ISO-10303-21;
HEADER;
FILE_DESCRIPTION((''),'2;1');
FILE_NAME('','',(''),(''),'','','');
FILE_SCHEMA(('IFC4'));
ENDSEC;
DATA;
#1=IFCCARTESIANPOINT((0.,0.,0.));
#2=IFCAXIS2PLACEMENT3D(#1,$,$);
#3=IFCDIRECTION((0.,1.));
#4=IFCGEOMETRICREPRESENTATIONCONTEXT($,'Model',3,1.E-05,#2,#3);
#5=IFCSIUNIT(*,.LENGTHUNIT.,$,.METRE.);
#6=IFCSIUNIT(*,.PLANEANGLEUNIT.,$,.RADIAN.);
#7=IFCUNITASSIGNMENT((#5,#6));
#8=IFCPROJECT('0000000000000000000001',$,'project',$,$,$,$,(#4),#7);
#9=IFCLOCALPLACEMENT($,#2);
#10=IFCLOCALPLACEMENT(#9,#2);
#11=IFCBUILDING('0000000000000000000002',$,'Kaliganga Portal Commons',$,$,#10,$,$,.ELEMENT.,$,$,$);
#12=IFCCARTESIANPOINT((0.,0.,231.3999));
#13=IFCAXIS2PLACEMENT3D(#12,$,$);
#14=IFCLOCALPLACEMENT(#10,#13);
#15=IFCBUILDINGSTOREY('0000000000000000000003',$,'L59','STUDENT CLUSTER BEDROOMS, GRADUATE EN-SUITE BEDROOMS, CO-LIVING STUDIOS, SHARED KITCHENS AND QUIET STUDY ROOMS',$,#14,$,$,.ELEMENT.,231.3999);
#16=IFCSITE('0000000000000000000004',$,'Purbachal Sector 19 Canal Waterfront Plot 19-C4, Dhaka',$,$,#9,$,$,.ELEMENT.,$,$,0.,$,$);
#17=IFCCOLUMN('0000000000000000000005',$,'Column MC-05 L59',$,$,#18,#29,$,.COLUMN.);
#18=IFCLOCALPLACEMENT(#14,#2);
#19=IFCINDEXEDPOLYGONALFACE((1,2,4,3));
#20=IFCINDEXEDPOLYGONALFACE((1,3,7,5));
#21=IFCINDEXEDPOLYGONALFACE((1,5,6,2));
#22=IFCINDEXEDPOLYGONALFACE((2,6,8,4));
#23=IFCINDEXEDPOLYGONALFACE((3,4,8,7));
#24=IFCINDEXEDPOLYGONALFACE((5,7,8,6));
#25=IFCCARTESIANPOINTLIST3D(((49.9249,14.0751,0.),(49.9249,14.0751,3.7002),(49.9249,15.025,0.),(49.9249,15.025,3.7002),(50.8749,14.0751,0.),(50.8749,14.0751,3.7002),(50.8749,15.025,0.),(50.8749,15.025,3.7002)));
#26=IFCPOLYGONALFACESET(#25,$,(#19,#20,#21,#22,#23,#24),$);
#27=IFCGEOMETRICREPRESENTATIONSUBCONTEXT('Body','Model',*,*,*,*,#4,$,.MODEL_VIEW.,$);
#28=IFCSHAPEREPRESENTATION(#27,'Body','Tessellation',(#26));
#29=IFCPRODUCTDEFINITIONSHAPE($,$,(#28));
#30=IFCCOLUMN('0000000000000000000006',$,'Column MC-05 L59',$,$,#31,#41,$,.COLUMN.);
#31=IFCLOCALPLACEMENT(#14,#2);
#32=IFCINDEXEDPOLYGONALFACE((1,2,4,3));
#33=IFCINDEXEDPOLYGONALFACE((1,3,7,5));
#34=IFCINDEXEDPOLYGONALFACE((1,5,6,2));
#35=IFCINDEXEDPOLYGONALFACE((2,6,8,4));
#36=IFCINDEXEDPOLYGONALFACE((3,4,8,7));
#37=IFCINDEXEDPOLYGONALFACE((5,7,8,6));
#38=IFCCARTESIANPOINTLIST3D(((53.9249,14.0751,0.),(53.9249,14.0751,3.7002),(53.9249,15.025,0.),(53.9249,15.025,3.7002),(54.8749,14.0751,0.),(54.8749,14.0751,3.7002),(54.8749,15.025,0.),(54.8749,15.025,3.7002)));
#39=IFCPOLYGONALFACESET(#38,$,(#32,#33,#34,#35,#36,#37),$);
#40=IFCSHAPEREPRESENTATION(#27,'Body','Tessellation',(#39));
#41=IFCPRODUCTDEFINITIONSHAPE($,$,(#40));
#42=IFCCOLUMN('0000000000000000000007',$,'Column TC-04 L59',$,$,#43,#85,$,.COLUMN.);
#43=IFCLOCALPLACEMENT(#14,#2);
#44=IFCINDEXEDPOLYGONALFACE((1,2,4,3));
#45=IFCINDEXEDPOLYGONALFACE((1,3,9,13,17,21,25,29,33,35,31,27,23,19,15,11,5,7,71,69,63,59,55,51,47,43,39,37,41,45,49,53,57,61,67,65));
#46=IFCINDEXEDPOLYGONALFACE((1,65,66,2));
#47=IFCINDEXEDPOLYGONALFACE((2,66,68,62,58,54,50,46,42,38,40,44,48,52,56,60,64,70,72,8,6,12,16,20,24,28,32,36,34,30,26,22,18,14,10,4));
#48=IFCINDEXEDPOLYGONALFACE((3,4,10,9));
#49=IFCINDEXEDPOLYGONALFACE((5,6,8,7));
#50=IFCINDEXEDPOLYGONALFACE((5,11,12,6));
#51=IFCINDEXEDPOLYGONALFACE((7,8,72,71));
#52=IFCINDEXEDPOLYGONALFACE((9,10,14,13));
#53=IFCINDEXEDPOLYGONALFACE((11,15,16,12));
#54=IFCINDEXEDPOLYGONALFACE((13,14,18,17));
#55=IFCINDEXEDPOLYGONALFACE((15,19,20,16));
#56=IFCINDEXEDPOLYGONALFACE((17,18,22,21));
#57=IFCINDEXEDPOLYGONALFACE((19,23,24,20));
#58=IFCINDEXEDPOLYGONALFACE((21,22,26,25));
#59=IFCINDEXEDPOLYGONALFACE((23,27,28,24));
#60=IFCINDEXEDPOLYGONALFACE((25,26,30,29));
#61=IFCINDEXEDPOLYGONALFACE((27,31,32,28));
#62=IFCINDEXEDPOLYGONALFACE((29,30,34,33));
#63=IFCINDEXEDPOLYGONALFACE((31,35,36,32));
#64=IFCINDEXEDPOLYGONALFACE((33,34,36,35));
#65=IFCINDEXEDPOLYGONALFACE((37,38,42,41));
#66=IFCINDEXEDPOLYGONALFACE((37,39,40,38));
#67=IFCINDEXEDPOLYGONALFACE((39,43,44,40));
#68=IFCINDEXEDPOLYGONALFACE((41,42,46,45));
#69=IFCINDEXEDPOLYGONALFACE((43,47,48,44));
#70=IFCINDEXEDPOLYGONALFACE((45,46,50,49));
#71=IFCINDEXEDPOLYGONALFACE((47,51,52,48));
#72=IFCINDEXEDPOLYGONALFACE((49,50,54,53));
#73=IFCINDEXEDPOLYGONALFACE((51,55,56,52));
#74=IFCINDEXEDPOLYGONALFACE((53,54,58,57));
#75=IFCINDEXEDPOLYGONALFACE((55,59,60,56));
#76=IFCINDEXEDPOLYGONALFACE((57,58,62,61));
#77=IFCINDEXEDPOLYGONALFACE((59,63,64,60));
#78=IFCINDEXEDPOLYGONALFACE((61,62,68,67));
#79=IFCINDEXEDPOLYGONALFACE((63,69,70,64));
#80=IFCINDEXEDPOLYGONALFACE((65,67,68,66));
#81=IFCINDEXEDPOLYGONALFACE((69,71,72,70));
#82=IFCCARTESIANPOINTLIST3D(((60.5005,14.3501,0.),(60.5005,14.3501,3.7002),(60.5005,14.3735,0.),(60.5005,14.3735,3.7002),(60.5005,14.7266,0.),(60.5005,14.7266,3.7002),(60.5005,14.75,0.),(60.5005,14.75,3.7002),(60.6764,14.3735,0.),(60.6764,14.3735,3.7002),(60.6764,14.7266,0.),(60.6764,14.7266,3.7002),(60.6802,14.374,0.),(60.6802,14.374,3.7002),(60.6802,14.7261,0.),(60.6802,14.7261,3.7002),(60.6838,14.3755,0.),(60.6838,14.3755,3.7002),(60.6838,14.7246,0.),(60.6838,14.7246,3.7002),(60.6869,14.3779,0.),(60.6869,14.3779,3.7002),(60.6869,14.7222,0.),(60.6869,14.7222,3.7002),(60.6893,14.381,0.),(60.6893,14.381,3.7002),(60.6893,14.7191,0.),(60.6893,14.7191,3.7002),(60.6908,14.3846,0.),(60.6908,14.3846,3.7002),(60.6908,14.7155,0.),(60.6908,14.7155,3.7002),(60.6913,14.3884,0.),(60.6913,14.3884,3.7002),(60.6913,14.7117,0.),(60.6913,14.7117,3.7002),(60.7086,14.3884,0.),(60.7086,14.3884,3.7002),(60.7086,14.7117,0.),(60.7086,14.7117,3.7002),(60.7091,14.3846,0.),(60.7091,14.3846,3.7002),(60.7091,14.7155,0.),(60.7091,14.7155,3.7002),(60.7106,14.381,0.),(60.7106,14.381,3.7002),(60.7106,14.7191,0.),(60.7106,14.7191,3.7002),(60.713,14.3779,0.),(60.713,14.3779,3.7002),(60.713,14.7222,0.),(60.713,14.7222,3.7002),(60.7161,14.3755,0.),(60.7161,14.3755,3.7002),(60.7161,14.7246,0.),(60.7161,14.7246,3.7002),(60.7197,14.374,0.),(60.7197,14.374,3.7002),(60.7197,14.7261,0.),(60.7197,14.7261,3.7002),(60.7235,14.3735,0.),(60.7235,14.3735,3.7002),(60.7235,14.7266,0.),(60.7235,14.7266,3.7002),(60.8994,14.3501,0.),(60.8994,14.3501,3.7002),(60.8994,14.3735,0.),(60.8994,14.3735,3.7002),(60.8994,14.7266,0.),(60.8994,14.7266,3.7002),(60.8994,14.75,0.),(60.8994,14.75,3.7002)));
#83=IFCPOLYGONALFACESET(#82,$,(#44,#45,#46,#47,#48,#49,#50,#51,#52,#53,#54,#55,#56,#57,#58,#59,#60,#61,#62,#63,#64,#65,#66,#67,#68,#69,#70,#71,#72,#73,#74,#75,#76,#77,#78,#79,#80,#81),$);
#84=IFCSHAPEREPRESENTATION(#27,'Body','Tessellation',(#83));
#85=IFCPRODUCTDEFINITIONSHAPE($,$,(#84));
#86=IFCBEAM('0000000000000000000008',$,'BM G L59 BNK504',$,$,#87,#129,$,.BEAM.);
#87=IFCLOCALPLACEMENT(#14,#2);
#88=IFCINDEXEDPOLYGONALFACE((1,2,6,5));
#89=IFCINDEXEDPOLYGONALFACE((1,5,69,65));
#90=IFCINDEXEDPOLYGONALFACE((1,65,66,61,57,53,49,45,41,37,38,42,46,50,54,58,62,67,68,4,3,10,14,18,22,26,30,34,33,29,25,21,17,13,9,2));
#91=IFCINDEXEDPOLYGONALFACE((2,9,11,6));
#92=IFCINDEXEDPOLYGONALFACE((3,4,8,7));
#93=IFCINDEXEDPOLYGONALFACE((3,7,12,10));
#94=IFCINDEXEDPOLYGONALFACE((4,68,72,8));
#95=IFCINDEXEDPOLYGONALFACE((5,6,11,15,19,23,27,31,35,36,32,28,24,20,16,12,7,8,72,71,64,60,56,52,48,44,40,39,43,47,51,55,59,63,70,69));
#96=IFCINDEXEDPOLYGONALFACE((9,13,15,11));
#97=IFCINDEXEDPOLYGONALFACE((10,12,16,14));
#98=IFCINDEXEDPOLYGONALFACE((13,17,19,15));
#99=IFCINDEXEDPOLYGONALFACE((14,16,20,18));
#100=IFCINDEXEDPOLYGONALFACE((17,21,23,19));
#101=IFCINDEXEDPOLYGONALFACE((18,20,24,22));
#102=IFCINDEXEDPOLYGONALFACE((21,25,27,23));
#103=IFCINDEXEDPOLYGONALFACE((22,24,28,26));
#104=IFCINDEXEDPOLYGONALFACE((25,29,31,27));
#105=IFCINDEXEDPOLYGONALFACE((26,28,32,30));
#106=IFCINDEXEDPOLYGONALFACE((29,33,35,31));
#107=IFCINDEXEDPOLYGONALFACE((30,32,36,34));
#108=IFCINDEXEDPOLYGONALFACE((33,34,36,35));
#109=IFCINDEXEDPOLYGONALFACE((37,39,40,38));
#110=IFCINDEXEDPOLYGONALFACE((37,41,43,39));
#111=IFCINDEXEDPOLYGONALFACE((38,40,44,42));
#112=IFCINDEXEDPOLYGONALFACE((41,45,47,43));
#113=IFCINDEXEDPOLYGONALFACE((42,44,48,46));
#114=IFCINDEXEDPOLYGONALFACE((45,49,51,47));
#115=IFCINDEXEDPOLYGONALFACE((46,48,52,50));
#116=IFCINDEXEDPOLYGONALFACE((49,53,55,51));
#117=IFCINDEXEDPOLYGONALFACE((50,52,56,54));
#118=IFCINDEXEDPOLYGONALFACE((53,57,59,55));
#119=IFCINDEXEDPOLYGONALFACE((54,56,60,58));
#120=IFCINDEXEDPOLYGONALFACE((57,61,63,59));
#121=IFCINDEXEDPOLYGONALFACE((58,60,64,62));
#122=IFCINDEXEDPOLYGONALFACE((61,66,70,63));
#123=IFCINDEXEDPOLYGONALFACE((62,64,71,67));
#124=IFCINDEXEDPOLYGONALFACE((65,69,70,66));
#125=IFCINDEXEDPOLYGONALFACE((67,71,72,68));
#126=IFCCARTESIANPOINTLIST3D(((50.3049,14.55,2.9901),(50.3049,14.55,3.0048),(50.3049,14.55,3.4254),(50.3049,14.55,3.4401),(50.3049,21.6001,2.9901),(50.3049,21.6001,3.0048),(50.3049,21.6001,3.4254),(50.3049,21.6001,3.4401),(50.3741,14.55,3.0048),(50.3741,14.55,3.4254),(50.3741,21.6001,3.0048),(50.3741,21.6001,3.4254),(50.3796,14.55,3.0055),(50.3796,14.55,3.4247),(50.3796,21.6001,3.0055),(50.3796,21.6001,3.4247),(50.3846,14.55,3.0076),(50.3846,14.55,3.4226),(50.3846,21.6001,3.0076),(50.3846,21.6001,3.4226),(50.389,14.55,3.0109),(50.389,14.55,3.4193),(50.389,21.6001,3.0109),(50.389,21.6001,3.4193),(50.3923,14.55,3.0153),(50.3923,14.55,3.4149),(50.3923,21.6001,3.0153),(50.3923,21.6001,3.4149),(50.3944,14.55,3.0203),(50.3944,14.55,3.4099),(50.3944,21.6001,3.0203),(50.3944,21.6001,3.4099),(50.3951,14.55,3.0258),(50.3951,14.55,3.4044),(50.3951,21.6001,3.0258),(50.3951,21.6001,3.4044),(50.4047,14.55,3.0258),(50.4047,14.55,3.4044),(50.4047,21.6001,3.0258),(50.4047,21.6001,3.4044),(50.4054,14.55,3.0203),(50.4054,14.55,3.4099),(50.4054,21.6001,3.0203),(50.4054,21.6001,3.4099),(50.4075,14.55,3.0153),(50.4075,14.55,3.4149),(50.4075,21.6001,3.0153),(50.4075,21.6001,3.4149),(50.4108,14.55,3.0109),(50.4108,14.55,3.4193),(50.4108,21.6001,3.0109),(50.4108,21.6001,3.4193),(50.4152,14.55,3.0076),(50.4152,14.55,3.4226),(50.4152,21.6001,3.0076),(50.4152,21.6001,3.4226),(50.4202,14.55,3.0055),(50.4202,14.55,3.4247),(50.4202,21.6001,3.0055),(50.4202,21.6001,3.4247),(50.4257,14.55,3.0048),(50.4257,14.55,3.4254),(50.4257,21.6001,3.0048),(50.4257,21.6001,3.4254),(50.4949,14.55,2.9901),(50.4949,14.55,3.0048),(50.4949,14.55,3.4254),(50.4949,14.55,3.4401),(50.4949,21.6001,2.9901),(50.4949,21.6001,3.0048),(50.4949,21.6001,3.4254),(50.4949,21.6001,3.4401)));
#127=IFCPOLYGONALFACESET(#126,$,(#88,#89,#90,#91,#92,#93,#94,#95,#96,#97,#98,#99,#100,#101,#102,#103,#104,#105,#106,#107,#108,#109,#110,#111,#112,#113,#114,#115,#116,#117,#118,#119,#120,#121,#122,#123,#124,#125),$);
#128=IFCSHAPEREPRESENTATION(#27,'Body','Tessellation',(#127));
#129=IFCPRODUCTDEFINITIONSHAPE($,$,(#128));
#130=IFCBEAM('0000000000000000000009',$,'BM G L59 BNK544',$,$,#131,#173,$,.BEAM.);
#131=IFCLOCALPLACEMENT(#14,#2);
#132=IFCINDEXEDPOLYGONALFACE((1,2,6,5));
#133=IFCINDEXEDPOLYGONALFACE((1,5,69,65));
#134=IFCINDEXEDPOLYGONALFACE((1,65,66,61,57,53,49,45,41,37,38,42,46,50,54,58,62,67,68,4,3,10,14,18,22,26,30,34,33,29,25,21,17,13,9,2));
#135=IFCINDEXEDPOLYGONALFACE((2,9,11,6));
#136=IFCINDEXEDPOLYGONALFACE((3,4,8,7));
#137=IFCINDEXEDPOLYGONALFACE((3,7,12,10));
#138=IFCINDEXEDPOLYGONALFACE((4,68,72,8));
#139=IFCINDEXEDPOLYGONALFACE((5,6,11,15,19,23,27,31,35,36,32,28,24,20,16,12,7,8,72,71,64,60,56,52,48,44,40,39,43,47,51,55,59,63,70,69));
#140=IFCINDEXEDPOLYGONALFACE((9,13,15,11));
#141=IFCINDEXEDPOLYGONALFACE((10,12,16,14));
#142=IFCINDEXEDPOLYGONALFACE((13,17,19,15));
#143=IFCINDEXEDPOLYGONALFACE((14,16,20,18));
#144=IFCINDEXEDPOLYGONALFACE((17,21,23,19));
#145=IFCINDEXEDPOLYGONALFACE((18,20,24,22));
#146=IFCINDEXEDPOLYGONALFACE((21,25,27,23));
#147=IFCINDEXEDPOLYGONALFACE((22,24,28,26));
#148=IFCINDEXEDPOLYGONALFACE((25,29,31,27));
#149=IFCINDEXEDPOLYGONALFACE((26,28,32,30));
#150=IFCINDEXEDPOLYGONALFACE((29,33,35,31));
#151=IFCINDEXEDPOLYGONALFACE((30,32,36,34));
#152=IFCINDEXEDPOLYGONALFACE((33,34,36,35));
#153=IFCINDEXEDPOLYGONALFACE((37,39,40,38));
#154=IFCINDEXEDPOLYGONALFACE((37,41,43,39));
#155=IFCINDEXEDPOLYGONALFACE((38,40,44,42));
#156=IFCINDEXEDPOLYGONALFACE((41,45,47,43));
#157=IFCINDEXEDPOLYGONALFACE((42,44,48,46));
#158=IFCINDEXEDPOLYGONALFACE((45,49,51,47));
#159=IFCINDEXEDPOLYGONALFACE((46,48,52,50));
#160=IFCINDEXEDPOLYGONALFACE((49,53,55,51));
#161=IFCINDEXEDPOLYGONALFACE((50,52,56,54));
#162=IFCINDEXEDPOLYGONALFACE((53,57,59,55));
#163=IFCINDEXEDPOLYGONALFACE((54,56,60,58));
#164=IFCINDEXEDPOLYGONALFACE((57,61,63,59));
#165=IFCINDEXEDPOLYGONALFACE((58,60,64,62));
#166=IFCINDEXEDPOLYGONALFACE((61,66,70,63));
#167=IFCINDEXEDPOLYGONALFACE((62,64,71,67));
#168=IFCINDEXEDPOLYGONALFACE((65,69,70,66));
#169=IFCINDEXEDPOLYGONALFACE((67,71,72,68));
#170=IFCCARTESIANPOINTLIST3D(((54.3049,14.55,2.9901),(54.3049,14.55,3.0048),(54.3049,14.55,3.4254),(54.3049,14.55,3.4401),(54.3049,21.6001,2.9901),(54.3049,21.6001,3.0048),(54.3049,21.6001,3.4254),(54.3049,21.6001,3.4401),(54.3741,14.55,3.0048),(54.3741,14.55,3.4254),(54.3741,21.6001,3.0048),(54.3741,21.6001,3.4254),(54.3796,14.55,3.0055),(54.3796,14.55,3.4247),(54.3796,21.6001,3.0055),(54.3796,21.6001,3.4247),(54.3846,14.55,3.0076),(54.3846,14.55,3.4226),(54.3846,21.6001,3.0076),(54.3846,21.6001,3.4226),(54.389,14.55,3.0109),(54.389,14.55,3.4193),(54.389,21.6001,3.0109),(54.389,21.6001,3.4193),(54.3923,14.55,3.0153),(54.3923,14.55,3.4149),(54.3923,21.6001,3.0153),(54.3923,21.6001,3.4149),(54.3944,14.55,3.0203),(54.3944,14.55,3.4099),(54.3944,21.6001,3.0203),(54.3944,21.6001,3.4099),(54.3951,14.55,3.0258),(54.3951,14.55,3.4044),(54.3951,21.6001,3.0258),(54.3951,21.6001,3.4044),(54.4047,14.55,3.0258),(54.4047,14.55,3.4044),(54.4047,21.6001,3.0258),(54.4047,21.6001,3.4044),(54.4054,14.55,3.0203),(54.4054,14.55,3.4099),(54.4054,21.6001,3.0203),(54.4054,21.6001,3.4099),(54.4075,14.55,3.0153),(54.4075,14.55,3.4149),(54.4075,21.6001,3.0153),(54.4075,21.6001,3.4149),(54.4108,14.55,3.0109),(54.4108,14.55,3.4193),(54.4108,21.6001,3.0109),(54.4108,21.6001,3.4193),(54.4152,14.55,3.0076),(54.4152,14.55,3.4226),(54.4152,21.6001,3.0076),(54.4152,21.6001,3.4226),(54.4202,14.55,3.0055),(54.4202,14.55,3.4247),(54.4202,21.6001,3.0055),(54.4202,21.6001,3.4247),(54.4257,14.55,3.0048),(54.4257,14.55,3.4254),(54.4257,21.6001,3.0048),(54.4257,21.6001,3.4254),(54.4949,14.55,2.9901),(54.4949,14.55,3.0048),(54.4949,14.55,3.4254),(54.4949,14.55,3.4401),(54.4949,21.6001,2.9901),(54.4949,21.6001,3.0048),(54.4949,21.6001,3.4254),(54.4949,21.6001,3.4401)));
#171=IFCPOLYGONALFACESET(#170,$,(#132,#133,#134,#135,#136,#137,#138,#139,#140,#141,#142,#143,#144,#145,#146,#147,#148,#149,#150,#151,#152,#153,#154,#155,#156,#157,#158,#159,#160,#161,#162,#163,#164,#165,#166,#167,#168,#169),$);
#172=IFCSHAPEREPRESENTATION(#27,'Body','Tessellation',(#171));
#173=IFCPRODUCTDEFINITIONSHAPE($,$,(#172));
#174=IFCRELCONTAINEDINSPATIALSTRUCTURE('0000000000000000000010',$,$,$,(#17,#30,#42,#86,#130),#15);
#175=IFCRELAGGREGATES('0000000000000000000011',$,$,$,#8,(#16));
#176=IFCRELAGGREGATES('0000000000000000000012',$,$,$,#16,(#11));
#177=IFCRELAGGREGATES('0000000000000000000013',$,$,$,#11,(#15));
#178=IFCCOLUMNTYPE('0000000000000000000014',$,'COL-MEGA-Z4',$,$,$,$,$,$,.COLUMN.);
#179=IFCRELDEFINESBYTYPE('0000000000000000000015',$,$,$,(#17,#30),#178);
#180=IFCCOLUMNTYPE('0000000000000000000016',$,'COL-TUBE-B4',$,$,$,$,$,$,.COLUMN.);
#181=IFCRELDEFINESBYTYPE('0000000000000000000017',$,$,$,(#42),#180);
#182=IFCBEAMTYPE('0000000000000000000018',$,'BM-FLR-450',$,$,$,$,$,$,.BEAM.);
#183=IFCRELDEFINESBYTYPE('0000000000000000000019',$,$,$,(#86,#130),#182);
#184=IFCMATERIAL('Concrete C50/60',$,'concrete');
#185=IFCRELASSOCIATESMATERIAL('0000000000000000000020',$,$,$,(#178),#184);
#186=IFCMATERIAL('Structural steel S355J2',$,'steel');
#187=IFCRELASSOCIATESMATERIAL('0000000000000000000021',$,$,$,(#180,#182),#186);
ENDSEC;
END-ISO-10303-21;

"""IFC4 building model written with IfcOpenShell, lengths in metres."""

from ifc_helpers import new_model, si_unit, direction, frame, origin, origin_2d, place, context, subcontext, project, spatial, rectangle, i_section, extrude, source, transform, mapped, material, material_profile, profile_set, type_object, element, save


model = new_model("IFC4")

# Units and contexts
model_context = context("Model", 3, precision=1e-05, world=origin(), true_north=direction((0.0, 1.0)))
body_context = subcontext(model_context, "Body", "Model", "MODEL_VIEW")
ifc_project = project(units=[si_unit("LENGTHUNIT", "METRE"), si_unit("PLANEANGLEUNIT", "RADIAN")], contexts=[model_context])

# Site, building, storey
site_placement = place(None, origin())
site = spatial("IfcSite", under=ifc_project, at=site_placement, Name="Purbachal Sector 19 Canal Waterfront Plot 19-C4, Dhaka", CompositionType="ELEMENT", RefElevation=0.0)
building_placement = place(site_placement, origin())
building = spatial("IfcBuilding", under=site, at=building_placement, Name="Kaliganga Portal Commons", CompositionType="ELEMENT")
storey_placement = place(building_placement, frame((0.0, 0.0, 231.3999)))
storey = spatial("IfcBuildingStorey", under=building, at=storey_placement, Name="L59", Description="STUDENT CLUSTER BEDROOMS, GRADUATE EN-SUITE BEDROOMS, CO-LIVING STUDIOS, SHARED KITCHENS AND QUIET STUDY ROOMS", CompositionType="ELEMENT", Elevation=231.3999)

# Columns
ifc_material_1 = material(Name="Concrete C50/60", Category="concrete")
ifc_material_profile_1 = material_profile(ifc_material_1, rectangle(XDim=0.95, YDim=0.95, at=origin_2d()), Name="RC 950x950")
ifc_profile_set_1 = profile_set([ifc_material_profile_1], Name="Concrete C50/60")
column_type_1 = type_object("IfcColumnType", Name="COL-MEGA-Z4", PredefinedType="COLUMN", material=ifc_profile_set_1)
shared_shape_1 = source(origin(), body_context, "Body", "SweptSolid", [
    extrude(rectangle(XDim=0.95, YDim=0.95, at=origin_2d()), origin(), (0.0, 0.0, 1.0), 3.7002),
])
for number, where, z_axis, x_axis, name in (
    (1, (50.3999, 14.55, 0.0), (0.0, 0.0, 1.0), (1.0, 0.0, 0.0), "Column MC-05 L59"),
    (2, (54.3999, 14.55, 0.0), (0.0, 0.0, 1.0), (1.0, 0.0, 0.0), "Column MC-05 L59"),
):
    element("IfcColumn", number, at=place(storey_placement, frame(where, z_axis=z_axis, x_axis=x_axis)), inside=storey, type_object=column_type_1, Name=name, PredefinedType="COLUMN", context=body_context, shape_type="MappedRepresentation", body=[
        mapped(shared_shape_1, transform((0.0, 0.0, 0.0), x_axis=(1.0, 0.0, 0.0), y_axis=(0.0, 1.0, 0.0), z_axis=(0.0, 0.0, 1.0), scale=1.0)),
    ])
ifc_material_2 = material(Name="Structural steel S355J2", Category="steel")
ifc_material_profile_2 = material_profile(ifc_material_2, i_section(OverallWidth=0.3989, OverallDepth=0.3999, WebThickness=0.0173, FlangeThickness=0.0234, FilletRadius=0.0149, at=origin_2d()), Name="HD 400x287")
ifc_profile_set_2 = profile_set([ifc_material_profile_2], Name="Structural steel S355J2 wide-flange")
column_type_2 = type_object("IfcColumnType", Name="COL-TUBE-B4", PredefinedType="COLUMN", material=ifc_profile_set_2)
shared_shape_2 = source(origin(), body_context, "Body", "SweptSolid", [
    extrude(i_section(OverallWidth=0.3989, OverallDepth=0.3999, WebThickness=0.0173, FlangeThickness=0.0234, FilletRadius=0.0149, at=origin_2d()), origin(), (0.0, 0.0, 1.0), 3.7002),
])
column_placement = place(storey_placement, frame((60.7, 14.55, 0.0), z_axis=(0.0, 0.0, 1.0), x_axis=(1.0, 0.0, 0.0)))
element("IfcColumn", 3, at=column_placement, inside=storey, type_object=column_type_2, Name="Column TC-04 L59", PredefinedType="COLUMN", context=body_context, shape_type="MappedRepresentation", body=[
    mapped(shared_shape_2, transform((0.0, 0.0, 0.0), x_axis=(1.0, 0.0, 0.0), y_axis=(0.0, 1.0, 0.0), z_axis=(0.0, 0.0, 1.0), scale=1.0)),
])

# Beams
ifc_material_profile_3 = material_profile(ifc_material_2, i_section(OverallWidth=0.1899, OverallDepth=0.45, WebThickness=0.0095, FlangeThickness=0.0146, FilletRadius=0.021, at=origin_2d()), Name="IPE 450")
ifc_profile_set_3 = profile_set([ifc_material_profile_3], Name="Structural steel S355J2 wide-flange")
beam_type_1 = type_object("IfcBeamType", Name="BM-FLR-450", PredefinedType="BEAM", material=ifc_profile_set_3)
shared_shape_3 = source(origin(), body_context, "Body", "SweptSolid", [
    extrude(i_section(OverallWidth=0.1899, OverallDepth=0.45, WebThickness=0.0095, FlangeThickness=0.0146, FilletRadius=0.021, at=origin_2d()), origin(), (0.0, 0.0, 1.0), 7.05),
])
for number, where, z_axis, x_axis, name in (
    (4, (50.3999, 14.55, 3.2151), (0.0, 1.0, 0.0), (-1.0, 0.0, 0.0), "BM G L59 BNK504"),
    (5, (54.3999, 14.55, 3.2151), (0.0, 1.0, 0.0), (-1.0, 0.0, 0.0), "BM G L59 BNK544"),
):
    element("IfcBeam", number, at=place(storey_placement, frame(where, z_axis=z_axis, x_axis=x_axis)), inside=storey, type_object=beam_type_1, Name=name, PredefinedType="BEAM", context=body_context, shape_type="MappedRepresentation", body=[
        mapped(shared_shape_3, transform((0.0, 0.0, 0.0), x_axis=(1.0, 0.0, 0.0), y_axis=(0.0, 1.0, 0.0), z_axis=(0.0, 0.0, 1.0), scale=1.0)),
    ])

save(model, "model.ifc")
